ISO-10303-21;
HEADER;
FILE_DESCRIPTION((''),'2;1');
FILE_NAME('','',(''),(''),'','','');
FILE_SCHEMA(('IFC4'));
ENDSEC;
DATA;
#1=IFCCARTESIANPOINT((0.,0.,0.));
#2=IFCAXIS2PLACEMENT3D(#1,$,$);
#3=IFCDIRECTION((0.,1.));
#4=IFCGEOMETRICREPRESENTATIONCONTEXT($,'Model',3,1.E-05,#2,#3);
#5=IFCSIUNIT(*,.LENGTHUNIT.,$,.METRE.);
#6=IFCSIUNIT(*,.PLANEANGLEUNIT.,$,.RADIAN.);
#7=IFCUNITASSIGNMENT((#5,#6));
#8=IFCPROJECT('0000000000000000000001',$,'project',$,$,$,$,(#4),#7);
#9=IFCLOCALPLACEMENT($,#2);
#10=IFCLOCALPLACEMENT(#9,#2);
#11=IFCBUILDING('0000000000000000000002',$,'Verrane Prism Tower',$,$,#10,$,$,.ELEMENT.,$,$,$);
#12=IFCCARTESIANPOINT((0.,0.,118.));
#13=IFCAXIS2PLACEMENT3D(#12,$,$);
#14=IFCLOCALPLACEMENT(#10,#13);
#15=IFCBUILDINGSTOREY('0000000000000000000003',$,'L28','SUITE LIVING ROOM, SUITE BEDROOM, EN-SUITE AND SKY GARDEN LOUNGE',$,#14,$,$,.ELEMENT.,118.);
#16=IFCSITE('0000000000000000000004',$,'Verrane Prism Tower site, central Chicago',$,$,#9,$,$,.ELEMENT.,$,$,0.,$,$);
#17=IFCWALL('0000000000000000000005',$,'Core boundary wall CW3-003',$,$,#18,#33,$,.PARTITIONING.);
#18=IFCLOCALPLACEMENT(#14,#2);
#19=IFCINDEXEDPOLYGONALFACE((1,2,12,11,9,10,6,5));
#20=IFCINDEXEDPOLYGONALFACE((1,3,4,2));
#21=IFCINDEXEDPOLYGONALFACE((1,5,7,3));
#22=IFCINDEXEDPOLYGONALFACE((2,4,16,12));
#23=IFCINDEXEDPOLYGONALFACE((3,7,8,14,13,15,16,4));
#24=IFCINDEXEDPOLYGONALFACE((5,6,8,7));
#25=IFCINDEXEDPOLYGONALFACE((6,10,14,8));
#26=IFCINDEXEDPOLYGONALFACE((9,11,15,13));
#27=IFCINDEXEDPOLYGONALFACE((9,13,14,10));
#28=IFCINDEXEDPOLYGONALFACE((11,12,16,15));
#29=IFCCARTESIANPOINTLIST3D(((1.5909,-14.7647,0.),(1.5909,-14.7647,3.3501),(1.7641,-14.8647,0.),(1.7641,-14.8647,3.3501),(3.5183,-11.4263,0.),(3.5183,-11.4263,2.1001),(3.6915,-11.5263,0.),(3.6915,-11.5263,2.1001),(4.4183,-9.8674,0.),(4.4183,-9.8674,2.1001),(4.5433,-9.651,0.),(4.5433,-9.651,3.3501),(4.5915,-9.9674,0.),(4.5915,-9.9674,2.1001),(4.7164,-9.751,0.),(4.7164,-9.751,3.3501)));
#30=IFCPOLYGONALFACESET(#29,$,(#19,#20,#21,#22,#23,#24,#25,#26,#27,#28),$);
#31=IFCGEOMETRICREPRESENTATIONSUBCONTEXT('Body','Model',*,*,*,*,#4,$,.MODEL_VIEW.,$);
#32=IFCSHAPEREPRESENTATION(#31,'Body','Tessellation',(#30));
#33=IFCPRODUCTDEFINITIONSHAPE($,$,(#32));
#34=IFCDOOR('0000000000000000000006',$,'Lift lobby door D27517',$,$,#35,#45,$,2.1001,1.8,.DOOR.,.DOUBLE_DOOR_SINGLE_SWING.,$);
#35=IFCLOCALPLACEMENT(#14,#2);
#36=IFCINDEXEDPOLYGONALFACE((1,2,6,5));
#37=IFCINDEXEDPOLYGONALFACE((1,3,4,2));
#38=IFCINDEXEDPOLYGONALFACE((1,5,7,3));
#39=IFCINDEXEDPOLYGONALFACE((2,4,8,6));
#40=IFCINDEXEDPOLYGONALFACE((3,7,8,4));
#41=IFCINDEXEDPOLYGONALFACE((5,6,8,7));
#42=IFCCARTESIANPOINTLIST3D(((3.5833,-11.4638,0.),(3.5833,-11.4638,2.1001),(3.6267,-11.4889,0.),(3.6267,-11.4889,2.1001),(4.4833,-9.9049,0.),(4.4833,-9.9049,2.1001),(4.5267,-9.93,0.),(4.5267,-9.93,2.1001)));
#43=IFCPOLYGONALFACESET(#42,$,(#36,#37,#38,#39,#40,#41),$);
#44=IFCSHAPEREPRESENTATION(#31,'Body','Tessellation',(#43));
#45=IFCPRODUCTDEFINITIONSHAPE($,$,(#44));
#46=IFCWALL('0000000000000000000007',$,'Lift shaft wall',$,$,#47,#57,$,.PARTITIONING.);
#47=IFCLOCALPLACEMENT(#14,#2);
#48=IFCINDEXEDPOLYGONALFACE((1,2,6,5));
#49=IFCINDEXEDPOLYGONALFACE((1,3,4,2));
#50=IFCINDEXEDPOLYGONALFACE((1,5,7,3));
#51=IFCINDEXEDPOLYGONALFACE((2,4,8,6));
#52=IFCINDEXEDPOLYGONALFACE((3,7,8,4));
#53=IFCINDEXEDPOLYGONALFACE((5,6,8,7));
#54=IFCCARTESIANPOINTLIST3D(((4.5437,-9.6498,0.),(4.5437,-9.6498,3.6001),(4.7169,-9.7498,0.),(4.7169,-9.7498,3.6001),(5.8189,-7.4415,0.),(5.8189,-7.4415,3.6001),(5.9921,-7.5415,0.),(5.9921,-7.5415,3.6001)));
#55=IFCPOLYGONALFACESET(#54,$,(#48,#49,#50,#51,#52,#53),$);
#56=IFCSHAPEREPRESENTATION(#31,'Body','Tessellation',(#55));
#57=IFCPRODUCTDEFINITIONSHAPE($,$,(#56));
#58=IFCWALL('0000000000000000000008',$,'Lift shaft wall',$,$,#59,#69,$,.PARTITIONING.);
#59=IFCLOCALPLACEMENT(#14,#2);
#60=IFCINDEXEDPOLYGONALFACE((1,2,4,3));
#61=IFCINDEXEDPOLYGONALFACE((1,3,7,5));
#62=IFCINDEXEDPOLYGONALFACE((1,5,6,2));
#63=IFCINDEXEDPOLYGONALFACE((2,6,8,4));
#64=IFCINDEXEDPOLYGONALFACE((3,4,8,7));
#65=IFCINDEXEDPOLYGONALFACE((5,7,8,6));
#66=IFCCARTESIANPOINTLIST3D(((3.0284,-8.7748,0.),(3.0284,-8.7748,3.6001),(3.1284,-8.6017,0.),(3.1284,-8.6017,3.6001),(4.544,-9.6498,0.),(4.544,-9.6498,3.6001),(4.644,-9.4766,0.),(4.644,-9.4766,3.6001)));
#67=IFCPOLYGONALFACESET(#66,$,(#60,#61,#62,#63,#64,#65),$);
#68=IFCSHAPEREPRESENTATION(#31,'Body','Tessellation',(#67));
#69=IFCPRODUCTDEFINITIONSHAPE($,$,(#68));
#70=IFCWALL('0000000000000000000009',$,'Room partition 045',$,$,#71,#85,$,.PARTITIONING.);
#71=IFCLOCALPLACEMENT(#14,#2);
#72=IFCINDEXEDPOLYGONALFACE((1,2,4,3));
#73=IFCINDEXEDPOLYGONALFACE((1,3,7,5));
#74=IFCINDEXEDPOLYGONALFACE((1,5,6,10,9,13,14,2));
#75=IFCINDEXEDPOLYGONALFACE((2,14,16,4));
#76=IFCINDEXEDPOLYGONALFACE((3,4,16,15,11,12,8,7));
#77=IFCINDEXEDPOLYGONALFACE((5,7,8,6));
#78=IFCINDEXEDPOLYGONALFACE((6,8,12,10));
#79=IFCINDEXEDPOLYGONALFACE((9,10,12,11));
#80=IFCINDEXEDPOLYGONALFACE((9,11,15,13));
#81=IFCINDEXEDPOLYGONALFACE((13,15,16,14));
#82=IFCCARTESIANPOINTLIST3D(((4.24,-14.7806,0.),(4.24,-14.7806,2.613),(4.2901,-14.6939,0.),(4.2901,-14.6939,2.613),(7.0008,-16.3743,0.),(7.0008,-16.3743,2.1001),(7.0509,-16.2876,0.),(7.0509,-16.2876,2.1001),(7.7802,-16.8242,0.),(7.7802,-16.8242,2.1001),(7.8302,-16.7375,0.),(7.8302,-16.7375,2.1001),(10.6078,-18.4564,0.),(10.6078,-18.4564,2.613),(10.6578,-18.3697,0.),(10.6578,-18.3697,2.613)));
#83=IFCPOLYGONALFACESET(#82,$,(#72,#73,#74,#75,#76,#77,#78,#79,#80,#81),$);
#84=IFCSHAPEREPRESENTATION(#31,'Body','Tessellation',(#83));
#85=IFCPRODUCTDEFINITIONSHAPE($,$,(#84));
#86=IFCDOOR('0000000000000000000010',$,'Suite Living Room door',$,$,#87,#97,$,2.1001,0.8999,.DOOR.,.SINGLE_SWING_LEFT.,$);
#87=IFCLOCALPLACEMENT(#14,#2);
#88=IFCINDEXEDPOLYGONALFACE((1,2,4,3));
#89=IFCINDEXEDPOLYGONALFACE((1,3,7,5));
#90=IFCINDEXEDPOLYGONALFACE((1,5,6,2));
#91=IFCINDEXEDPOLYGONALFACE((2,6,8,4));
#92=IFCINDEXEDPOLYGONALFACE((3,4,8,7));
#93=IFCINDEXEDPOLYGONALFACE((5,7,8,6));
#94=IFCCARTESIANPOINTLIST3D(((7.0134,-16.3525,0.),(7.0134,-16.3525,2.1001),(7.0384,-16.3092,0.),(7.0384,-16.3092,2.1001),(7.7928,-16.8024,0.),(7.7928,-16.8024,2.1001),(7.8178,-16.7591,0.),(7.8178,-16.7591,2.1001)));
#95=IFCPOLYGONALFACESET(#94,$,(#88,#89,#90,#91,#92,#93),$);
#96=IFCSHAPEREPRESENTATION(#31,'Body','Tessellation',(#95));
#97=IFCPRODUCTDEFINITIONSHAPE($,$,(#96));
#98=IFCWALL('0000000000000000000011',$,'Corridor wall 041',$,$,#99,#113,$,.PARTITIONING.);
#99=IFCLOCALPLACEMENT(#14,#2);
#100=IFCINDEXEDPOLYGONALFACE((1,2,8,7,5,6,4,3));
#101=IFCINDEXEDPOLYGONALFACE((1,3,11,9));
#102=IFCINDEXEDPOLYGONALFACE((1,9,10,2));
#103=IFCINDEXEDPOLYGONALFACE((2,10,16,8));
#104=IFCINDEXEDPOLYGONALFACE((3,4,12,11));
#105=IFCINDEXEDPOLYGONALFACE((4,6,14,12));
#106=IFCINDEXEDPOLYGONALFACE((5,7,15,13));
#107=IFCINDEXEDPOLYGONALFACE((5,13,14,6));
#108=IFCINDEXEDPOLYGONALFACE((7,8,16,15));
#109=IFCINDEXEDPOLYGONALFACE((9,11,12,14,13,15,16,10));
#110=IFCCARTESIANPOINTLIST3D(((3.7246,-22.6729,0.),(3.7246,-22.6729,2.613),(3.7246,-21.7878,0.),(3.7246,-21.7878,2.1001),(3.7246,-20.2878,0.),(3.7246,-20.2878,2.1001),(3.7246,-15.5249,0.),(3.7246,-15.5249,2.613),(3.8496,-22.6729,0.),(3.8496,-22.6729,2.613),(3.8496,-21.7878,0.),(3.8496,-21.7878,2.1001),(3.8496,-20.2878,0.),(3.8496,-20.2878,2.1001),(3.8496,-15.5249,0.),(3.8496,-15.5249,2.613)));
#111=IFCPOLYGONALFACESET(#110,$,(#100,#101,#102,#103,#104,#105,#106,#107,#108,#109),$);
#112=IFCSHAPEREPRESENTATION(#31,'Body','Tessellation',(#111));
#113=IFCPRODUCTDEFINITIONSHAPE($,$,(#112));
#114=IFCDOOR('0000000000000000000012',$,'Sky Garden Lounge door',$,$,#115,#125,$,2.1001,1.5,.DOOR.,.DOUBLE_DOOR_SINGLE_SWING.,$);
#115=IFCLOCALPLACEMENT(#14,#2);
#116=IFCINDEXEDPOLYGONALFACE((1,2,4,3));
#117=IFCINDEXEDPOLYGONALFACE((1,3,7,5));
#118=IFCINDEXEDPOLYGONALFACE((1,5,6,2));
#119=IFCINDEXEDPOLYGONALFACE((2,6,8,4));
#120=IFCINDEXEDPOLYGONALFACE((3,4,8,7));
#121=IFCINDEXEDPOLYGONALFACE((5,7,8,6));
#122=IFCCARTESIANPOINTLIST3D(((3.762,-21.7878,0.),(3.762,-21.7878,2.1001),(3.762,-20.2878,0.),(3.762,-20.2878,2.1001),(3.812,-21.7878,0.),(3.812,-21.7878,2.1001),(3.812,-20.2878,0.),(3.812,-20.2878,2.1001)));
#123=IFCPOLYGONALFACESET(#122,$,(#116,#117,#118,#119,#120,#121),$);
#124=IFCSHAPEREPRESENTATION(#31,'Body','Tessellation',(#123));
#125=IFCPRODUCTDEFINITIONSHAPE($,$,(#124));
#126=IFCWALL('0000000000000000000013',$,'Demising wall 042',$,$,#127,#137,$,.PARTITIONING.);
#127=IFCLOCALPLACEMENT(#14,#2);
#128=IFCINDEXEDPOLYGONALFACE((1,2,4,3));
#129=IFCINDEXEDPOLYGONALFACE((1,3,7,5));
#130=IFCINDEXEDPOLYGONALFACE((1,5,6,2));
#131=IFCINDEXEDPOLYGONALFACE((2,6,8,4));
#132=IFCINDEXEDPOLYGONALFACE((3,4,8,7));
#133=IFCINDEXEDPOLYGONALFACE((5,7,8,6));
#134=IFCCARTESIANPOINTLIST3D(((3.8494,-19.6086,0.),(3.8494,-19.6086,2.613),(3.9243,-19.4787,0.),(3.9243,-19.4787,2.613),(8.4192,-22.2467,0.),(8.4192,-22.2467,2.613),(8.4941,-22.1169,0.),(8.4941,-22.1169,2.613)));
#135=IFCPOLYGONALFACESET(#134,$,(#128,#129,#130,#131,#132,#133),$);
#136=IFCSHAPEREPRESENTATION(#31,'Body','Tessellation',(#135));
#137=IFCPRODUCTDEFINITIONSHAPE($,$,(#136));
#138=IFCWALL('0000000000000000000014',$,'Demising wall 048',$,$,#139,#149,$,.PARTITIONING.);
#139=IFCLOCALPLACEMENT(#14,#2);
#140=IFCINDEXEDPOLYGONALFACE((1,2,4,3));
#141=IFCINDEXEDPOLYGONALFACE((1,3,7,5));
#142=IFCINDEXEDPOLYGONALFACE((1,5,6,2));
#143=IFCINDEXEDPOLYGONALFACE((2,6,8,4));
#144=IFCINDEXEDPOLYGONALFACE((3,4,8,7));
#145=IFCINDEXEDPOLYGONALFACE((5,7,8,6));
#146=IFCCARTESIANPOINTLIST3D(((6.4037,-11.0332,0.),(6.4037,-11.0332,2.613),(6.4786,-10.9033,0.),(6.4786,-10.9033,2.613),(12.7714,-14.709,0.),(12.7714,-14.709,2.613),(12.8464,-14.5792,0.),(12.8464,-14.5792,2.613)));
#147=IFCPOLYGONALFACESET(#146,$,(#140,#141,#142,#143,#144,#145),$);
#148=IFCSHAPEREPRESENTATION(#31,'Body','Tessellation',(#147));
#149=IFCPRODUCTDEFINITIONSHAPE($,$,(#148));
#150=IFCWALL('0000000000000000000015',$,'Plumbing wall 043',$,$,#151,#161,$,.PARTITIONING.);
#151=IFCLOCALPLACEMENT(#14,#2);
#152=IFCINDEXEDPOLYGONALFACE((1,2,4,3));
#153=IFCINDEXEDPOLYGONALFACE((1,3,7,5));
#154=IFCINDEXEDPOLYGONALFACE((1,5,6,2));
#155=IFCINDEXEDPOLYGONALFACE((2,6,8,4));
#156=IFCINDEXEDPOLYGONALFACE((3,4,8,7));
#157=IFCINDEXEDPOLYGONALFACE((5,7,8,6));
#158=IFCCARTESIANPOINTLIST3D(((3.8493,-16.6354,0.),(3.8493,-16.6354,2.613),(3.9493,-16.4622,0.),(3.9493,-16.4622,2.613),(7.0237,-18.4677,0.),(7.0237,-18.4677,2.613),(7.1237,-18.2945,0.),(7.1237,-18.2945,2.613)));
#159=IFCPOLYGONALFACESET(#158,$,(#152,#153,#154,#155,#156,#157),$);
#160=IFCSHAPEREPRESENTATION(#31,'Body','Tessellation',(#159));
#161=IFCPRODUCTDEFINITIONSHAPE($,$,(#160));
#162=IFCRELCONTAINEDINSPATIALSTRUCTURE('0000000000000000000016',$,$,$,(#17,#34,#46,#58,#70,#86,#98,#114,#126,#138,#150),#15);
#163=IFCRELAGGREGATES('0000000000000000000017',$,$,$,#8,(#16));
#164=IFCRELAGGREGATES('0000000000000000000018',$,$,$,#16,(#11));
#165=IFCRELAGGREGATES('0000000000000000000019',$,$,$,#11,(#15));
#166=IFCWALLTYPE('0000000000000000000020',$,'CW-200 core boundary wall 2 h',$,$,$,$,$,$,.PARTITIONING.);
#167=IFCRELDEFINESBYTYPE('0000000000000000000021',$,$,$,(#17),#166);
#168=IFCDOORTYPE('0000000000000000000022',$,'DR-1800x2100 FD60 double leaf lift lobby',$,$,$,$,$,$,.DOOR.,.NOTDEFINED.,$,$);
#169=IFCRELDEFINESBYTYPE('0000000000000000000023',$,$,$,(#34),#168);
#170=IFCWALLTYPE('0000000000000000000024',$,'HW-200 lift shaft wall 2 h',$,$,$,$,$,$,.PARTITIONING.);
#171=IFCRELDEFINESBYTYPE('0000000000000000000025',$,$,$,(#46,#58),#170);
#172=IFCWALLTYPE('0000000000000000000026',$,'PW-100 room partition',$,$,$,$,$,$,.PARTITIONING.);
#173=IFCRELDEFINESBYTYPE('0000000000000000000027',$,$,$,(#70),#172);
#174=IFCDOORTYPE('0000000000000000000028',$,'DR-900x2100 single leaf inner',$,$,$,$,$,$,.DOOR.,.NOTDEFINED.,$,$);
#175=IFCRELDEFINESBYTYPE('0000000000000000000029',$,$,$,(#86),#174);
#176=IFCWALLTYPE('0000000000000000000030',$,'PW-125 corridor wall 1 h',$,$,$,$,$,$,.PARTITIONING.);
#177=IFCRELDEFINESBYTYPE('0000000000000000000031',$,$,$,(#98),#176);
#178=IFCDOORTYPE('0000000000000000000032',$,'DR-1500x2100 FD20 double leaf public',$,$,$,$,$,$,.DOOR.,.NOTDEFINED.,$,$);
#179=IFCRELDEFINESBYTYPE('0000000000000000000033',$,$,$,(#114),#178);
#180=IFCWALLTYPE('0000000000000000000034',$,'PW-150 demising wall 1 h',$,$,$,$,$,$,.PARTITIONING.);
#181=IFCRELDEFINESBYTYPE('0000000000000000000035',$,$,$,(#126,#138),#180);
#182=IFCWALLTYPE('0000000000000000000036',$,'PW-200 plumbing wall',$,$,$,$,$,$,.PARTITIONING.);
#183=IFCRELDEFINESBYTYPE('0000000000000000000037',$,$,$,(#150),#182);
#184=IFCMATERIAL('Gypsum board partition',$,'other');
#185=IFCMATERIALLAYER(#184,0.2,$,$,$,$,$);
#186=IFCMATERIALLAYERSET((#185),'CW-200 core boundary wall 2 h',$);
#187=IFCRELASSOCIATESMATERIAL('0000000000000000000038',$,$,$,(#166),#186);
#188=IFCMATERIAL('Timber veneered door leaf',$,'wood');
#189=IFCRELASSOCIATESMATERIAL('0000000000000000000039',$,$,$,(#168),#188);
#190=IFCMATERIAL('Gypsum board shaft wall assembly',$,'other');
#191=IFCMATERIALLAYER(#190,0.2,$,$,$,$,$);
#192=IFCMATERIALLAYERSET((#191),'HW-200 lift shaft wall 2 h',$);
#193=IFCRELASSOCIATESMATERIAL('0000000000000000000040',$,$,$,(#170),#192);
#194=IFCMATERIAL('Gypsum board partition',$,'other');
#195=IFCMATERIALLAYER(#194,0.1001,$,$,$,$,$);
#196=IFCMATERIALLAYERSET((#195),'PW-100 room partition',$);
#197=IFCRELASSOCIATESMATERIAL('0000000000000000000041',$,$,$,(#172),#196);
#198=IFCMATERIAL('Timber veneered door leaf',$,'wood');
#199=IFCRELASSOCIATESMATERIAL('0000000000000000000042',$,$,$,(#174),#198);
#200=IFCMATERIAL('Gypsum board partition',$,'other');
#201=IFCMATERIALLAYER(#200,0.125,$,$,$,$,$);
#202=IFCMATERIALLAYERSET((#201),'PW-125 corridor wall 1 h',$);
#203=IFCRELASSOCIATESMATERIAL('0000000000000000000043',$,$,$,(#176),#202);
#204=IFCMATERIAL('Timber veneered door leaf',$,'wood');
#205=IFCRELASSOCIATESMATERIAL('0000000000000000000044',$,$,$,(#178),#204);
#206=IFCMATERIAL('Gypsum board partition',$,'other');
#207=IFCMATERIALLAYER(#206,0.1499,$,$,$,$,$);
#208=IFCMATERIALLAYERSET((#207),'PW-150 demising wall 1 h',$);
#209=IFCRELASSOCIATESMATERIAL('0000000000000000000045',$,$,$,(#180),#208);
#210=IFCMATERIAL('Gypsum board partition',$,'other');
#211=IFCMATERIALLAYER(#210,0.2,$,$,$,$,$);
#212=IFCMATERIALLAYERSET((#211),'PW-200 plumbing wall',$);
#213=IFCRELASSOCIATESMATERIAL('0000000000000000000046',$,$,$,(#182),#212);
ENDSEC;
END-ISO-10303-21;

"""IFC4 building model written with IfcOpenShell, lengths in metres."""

from ifc_helpers import new_model, si_unit, direction, frame, frame_2d, origin, place, context, subcontext, project, spatial, rectangle, extrude, material, layer, layer_set, type_object, element, fill, save


model = new_model("IFC4")

# Units and contexts
model_context = context("Model", 3, precision=1e-05, world=origin(), true_north=direction((0.0, 1.0)))
body_context = subcontext(model_context, "Body", "Model", "MODEL_VIEW")
ifc_project = project(units=[si_unit("LENGTHUNIT", "METRE"), si_unit("PLANEANGLEUNIT", "RADIAN")], contexts=[model_context])

# Site, building, storey
site_placement = place(None, origin())
site = spatial("IfcSite", under=ifc_project, at=site_placement, Name="Verrane Prism Tower site, central Chicago", CompositionType="ELEMENT", RefElevation=0.0)
building_placement = place(site_placement, origin())
building = spatial("IfcBuilding", under=site, at=building_placement, Name="Verrane Prism Tower", CompositionType="ELEMENT")
storey_placement = place(building_placement, frame((0.0, 0.0, 118.0)))
storey = spatial("IfcBuildingStorey", under=building, at=storey_placement, Name="L28", Description="SUITE LIVING ROOM, SUITE BEDROOM, EN-SUITE AND SKY GARDEN LOUNGE", CompositionType="ELEMENT", Elevation=118.0)

# Wall, opening, door
ifc_material_1 = material(Name="Gypsum board partition", Category="other")
ifc_layer_1 = layer(ifc_material_1, 0.2)
ifc_layer_set_1 = layer_set([ifc_layer_1], Name="CW-200 core boundary wall 2 h")
wall_type_1 = type_object("IfcWallType", Name="CW-200 core boundary wall 2 h", PredefinedType="PARTITIONING", material=ifc_layer_set_1)
wall_1_placement = place(storey_placement, frame((1.6775, -14.8147, 0.0), z_axis=(0.0, 0.0, 1.0), x_axis=(0.499994, 0.866029, 0.0)))
wall_1 = element("IfcWall", 1, at=wall_1_placement, inside=storey, type_object=wall_type_1, Name="Core boundary wall CW3-003", PredefinedType="PARTITIONING", context=body_context, shape_type="SweptSolid", body=[
    extrude(rectangle(XDim=5.9048, YDim=0.2, at=frame_2d((2.9524, 0.0))), origin(), (0.0, 0.0, 1.0), 3.3501),
])
opening_1_placement = place(wall_1_placement, frame((3.855, 0.0, 0.0)))
opening_1 = element("IfcOpeningElement", 2, at=opening_1_placement, cuts=wall_1, PredefinedType="OPENING", context=body_context, shape_type="SweptSolid", body=[
    extrude(rectangle(XDim=1.8, YDim=2.1001, at=frame_2d((0.8999, 1.05))), frame((0.0, 0.1099, 0.0), z_axis=(0.0, -1.0, 0.0), x_axis=(1.0, 0.0, 0.0)), (0.0, 0.0, 1.0), 0.22),
])
ifc_material_2 = material(Name="Timber veneered door leaf", Category="wood")
door_type_1 = type_object("IfcDoorType", Name="DR-1800x2100 FD60 double leaf lift lobby", OperationType="NOTDEFINED", PredefinedType="DOOR", material=ifc_material_2)
door_1_placement = place(opening_1_placement, origin())
door_1 = element("IfcDoor", 3, at=door_1_placement, inside=storey, type_object=door_type_1, Name="Lift lobby door D27517", OperationType="DOUBLE_DOOR_SINGLE_SWING", OverallHeight=2.1001, OverallWidth=1.8, PredefinedType="DOOR", context=body_context, shape_type="SweptSolid", body=[
    extrude(rectangle(XDim=1.8, YDim=2.1001, at=frame_2d((0.8999, 1.05))), frame((0.0, 0.0249, 0.0), z_axis=(0.0, -1.0, 0.0), x_axis=(1.0, 0.0, 0.0)), (0.0, 0.0, 1.0), 0.05),
])
fill(opening_1, door_1)

# Walls
ifc_material_3 = material(Name="Gypsum board shaft wall assembly", Category="other")
ifc_layer_2 = layer(ifc_material_3, 0.2)
ifc_layer_set_2 = layer_set([ifc_layer_2], Name="HW-200 lift shaft wall 2 h")
wall_type_2 = type_object("IfcWallType", Name="HW-200 lift shaft wall 2 h", PredefinedType="PARTITIONING", material=ifc_layer_set_2)
wall_2_placement = place(storey_placement, frame((4.6304, -9.6997, 0.0), z_axis=(0.0, 0.0, 1.0), x_axis=(0.500062, 0.865989, 0.0)))
element("IfcWall", 4, at=wall_2_placement, inside=storey, type_object=wall_type_2, Name="Lift shaft wall", PredefinedType="PARTITIONING", context=body_context, shape_type="SweptSolid", body=[
    extrude(rectangle(XDim=2.55, YDim=0.2, at=frame_2d((1.2749, 0.0))), origin(), (0.0, 0.0, 1.0), 3.6001),
])
wall_3_placement = place(storey_placement, frame((4.594, -9.5632, 0.0), z_axis=(0.0, 0.0, 1.0), x_axis=(-0.866037, 0.49998, 0.0)))
element("IfcWall", 5, at=wall_3_placement, inside=storey, type_object=wall_type_2, Name="Lift shaft wall", PredefinedType="PARTITIONING", context=body_context, shape_type="SweptSolid", body=[
    extrude(rectangle(XDim=1.75, YDim=0.2, at=frame_2d((0.875, 0.0))), origin(), (0.0, 0.0, 1.0), 3.6001),
])

# Walls, openings, doors
ifc_material_4 = material(Name="Gypsum board partition", Category="other")
ifc_layer_3 = layer(ifc_material_4, 0.1001)
ifc_layer_set_3 = layer_set([ifc_layer_3], Name="PW-100 room partition")
wall_type_3 = type_object("IfcWallType", Name="PW-100 room partition", PredefinedType="PARTITIONING", material=ifc_layer_set_3)
wall_4_placement = place(storey_placement, frame((10.6328, -18.4131, 0.0), z_axis=(0.0, 0.0, 1.0), x_axis=(-0.866061, 0.499939, 0.0)))
wall_4 = element("IfcWall", 6, at=wall_4_placement, inside=storey, type_object=wall_type_3, Name="Room partition 045", PredefinedType="PARTITIONING", context=body_context, shape_type="SweptSolid", body=[
    extrude(rectangle(XDim=7.3525, YDim=0.1001, at=frame_2d((3.6763, 0.0))), origin(), (0.0, 0.0, 1.0), 2.613),
])
opening_2_placement = place(wall_4_placement, frame((3.2649, 0.0, 0.0)))
opening_2 = element("IfcOpeningElement", 7, at=opening_2_placement, cuts=wall_4, PredefinedType="OPENING", context=body_context, shape_type="SweptSolid", body=[
    extrude(rectangle(XDim=0.8999, YDim=2.1001, at=frame_2d((0.45, 1.05))), frame((0.0, 0.0601, 0.0), z_axis=(0.0, -1.0, 0.0), x_axis=(1.0, 0.0, 0.0)), (0.0, 0.0, 1.0), 0.1201),
])
ifc_material_5 = material(Name="Timber veneered door leaf", Category="wood")
door_type_2 = type_object("IfcDoorType", Name="DR-900x2100 single leaf inner", OperationType="NOTDEFINED", PredefinedType="DOOR", material=ifc_material_5)
door_2_placement = place(opening_2_placement, origin())
door_2 = element("IfcDoor", 8, at=door_2_placement, inside=storey, type_object=door_type_2, Name="Suite Living Room door", OperationType="SINGLE_SWING_LEFT", OverallHeight=2.1001, OverallWidth=0.8999, PredefinedType="DOOR", context=body_context, shape_type="SweptSolid", body=[
    extrude(rectangle(XDim=0.8999, YDim=2.1001, at=frame_2d((0.45, 1.05))), frame((0.0, 0.0249, 0.0), z_axis=(0.0, -1.0, 0.0), x_axis=(1.0, 0.0, 0.0)), (0.0, 0.0, 1.0), 0.05),
])
fill(opening_2, door_2)
ifc_material_6 = material(Name="Gypsum board partition", Category="other")
ifc_layer_4 = layer(ifc_material_6, 0.125)
ifc_layer_set_4 = layer_set([ifc_layer_4], Name="PW-125 corridor wall 1 h")
wall_type_4 = type_object("IfcWallType", Name="PW-125 corridor wall 1 h", PredefinedType="PARTITIONING", material=ifc_layer_set_4)
wall_5_placement = place(storey_placement, frame((3.7871, -15.5249, 0.0), z_axis=(0.0, 0.0, 1.0), x_axis=(0.0, -1.0, 0.0)))
wall_5 = element("IfcWall", 9, at=wall_5_placement, inside=storey, type_object=wall_type_4, Name="Corridor wall 041", PredefinedType="PARTITIONING", context=body_context, shape_type="SweptSolid", body=[
    extrude(rectangle(XDim=7.1479, YDim=0.125, at=frame_2d((3.574, 0.0))), origin(), (0.0, 0.0, 1.0), 2.613),
])
opening_3_placement = place(wall_5_placement, frame((4.7629, 0.0, 0.0)))
opening_3 = element("IfcOpeningElement", 10, at=opening_3_placement, cuts=wall_5, PredefinedType="OPENING", context=body_context, shape_type="SweptSolid", body=[
    extrude(rectangle(XDim=1.5, YDim=2.1001, at=frame_2d((0.75, 1.05))), frame((0.0, 0.0725, 0.0), z_axis=(0.0, -1.0, 0.0), x_axis=(1.0, 0.0, 0.0)), (0.0, 0.0, 1.0), 0.145),
])
ifc_material_7 = material(Name="Timber veneered door leaf", Category="wood")
door_type_3 = type_object("IfcDoorType", Name="DR-1500x2100 FD20 double leaf public", OperationType="NOTDEFINED", PredefinedType="DOOR", material=ifc_material_7)
door_3_placement = place(opening_3_placement, origin())
door_3 = element("IfcDoor", 11, at=door_3_placement, inside=storey, type_object=door_type_3, Name="Sky Garden Lounge door", OperationType="DOUBLE_DOOR_SINGLE_SWING", OverallHeight=2.1001, OverallWidth=1.5, PredefinedType="DOOR", context=body_context, shape_type="SweptSolid", body=[
    extrude(rectangle(XDim=1.5, YDim=2.1001, at=frame_2d((0.75, 1.05))), frame((0.0, 0.0249, 0.0), z_axis=(0.0, -1.0, 0.0), x_axis=(1.0, 0.0, 0.0)), (0.0, 0.0, 1.0), 0.05),
])
fill(opening_3, door_3)

# Walls
ifc_material_8 = material(Name="Gypsum board partition", Category="other")
ifc_layer_5 = layer(ifc_material_8, 0.1499)
ifc_layer_set_5 = layer_set([ifc_layer_5], Name="PW-150 demising wall 1 h")
wall_type_5 = type_object("IfcWallType", Name="PW-150 demising wall 1 h", PredefinedType="PARTITIONING", material=ifc_layer_set_5)
wall_6_placement = place(storey_placement, frame((3.887, -19.5437, 0.0), z_axis=(0.0, 0.0, 1.0), x_axis=(0.866042, -0.499971, 0.0)))
element("IfcWall", 12, at=wall_6_placement, inside=storey, type_object=wall_type_5, Name="Demising wall 042", PredefinedType="PARTITIONING", context=body_context, shape_type="SweptSolid", body=[
    extrude(rectangle(XDim=5.2766, YDim=0.1499, at=frame_2d((2.6382, 0.0))), origin(), (0.0, 0.0, 1.0), 2.613),
])
wall_7_placement = place(storey_placement, frame((6.4412, -10.9683, 0.0), z_axis=(0.0, 0.0, 1.0), x_axis=(0.866061, -0.499939, 0.0)))
element("IfcWall", 13, at=wall_7_placement, inside=storey, type_object=wall_type_5, Name="Demising wall 048", PredefinedType="PARTITIONING", context=body_context, shape_type="SweptSolid", body=[
    extrude(rectangle(XDim=7.3525, YDim=0.1499, at=frame_2d((3.6763, 0.0))), origin(), (0.0, 0.0, 1.0), 2.613),
])
ifc_material_9 = material(Name="Gypsum board partition", Category="other")
ifc_layer_6 = layer(ifc_material_9, 0.2)
ifc_layer_set_6 = layer_set([ifc_layer_6], Name="PW-200 plumbing wall")
wall_type_6 = type_object("IfcWallType", Name="PW-200 plumbing wall", PredefinedType="PARTITIONING", material=ifc_layer_set_6)
wall_8_placement = place(storey_placement, frame((3.8994, -16.5488, 0.0), z_axis=(0.0, 0.0, 1.0), x_axis=(0.866075, -0.499915, 0.0)))
element("IfcWall", 14, at=wall_8_placement, inside=storey, type_object=wall_type_6, Name="Plumbing wall 043", PredefinedType="PARTITIONING", context=body_context, shape_type="SweptSolid", body=[
    extrude(rectangle(XDim=3.6653, YDim=0.2, at=frame_2d((1.8325, 0.0))), origin(), (0.0, 0.0, 1.0), 2.613),
])

save(model, "model.ifc")
